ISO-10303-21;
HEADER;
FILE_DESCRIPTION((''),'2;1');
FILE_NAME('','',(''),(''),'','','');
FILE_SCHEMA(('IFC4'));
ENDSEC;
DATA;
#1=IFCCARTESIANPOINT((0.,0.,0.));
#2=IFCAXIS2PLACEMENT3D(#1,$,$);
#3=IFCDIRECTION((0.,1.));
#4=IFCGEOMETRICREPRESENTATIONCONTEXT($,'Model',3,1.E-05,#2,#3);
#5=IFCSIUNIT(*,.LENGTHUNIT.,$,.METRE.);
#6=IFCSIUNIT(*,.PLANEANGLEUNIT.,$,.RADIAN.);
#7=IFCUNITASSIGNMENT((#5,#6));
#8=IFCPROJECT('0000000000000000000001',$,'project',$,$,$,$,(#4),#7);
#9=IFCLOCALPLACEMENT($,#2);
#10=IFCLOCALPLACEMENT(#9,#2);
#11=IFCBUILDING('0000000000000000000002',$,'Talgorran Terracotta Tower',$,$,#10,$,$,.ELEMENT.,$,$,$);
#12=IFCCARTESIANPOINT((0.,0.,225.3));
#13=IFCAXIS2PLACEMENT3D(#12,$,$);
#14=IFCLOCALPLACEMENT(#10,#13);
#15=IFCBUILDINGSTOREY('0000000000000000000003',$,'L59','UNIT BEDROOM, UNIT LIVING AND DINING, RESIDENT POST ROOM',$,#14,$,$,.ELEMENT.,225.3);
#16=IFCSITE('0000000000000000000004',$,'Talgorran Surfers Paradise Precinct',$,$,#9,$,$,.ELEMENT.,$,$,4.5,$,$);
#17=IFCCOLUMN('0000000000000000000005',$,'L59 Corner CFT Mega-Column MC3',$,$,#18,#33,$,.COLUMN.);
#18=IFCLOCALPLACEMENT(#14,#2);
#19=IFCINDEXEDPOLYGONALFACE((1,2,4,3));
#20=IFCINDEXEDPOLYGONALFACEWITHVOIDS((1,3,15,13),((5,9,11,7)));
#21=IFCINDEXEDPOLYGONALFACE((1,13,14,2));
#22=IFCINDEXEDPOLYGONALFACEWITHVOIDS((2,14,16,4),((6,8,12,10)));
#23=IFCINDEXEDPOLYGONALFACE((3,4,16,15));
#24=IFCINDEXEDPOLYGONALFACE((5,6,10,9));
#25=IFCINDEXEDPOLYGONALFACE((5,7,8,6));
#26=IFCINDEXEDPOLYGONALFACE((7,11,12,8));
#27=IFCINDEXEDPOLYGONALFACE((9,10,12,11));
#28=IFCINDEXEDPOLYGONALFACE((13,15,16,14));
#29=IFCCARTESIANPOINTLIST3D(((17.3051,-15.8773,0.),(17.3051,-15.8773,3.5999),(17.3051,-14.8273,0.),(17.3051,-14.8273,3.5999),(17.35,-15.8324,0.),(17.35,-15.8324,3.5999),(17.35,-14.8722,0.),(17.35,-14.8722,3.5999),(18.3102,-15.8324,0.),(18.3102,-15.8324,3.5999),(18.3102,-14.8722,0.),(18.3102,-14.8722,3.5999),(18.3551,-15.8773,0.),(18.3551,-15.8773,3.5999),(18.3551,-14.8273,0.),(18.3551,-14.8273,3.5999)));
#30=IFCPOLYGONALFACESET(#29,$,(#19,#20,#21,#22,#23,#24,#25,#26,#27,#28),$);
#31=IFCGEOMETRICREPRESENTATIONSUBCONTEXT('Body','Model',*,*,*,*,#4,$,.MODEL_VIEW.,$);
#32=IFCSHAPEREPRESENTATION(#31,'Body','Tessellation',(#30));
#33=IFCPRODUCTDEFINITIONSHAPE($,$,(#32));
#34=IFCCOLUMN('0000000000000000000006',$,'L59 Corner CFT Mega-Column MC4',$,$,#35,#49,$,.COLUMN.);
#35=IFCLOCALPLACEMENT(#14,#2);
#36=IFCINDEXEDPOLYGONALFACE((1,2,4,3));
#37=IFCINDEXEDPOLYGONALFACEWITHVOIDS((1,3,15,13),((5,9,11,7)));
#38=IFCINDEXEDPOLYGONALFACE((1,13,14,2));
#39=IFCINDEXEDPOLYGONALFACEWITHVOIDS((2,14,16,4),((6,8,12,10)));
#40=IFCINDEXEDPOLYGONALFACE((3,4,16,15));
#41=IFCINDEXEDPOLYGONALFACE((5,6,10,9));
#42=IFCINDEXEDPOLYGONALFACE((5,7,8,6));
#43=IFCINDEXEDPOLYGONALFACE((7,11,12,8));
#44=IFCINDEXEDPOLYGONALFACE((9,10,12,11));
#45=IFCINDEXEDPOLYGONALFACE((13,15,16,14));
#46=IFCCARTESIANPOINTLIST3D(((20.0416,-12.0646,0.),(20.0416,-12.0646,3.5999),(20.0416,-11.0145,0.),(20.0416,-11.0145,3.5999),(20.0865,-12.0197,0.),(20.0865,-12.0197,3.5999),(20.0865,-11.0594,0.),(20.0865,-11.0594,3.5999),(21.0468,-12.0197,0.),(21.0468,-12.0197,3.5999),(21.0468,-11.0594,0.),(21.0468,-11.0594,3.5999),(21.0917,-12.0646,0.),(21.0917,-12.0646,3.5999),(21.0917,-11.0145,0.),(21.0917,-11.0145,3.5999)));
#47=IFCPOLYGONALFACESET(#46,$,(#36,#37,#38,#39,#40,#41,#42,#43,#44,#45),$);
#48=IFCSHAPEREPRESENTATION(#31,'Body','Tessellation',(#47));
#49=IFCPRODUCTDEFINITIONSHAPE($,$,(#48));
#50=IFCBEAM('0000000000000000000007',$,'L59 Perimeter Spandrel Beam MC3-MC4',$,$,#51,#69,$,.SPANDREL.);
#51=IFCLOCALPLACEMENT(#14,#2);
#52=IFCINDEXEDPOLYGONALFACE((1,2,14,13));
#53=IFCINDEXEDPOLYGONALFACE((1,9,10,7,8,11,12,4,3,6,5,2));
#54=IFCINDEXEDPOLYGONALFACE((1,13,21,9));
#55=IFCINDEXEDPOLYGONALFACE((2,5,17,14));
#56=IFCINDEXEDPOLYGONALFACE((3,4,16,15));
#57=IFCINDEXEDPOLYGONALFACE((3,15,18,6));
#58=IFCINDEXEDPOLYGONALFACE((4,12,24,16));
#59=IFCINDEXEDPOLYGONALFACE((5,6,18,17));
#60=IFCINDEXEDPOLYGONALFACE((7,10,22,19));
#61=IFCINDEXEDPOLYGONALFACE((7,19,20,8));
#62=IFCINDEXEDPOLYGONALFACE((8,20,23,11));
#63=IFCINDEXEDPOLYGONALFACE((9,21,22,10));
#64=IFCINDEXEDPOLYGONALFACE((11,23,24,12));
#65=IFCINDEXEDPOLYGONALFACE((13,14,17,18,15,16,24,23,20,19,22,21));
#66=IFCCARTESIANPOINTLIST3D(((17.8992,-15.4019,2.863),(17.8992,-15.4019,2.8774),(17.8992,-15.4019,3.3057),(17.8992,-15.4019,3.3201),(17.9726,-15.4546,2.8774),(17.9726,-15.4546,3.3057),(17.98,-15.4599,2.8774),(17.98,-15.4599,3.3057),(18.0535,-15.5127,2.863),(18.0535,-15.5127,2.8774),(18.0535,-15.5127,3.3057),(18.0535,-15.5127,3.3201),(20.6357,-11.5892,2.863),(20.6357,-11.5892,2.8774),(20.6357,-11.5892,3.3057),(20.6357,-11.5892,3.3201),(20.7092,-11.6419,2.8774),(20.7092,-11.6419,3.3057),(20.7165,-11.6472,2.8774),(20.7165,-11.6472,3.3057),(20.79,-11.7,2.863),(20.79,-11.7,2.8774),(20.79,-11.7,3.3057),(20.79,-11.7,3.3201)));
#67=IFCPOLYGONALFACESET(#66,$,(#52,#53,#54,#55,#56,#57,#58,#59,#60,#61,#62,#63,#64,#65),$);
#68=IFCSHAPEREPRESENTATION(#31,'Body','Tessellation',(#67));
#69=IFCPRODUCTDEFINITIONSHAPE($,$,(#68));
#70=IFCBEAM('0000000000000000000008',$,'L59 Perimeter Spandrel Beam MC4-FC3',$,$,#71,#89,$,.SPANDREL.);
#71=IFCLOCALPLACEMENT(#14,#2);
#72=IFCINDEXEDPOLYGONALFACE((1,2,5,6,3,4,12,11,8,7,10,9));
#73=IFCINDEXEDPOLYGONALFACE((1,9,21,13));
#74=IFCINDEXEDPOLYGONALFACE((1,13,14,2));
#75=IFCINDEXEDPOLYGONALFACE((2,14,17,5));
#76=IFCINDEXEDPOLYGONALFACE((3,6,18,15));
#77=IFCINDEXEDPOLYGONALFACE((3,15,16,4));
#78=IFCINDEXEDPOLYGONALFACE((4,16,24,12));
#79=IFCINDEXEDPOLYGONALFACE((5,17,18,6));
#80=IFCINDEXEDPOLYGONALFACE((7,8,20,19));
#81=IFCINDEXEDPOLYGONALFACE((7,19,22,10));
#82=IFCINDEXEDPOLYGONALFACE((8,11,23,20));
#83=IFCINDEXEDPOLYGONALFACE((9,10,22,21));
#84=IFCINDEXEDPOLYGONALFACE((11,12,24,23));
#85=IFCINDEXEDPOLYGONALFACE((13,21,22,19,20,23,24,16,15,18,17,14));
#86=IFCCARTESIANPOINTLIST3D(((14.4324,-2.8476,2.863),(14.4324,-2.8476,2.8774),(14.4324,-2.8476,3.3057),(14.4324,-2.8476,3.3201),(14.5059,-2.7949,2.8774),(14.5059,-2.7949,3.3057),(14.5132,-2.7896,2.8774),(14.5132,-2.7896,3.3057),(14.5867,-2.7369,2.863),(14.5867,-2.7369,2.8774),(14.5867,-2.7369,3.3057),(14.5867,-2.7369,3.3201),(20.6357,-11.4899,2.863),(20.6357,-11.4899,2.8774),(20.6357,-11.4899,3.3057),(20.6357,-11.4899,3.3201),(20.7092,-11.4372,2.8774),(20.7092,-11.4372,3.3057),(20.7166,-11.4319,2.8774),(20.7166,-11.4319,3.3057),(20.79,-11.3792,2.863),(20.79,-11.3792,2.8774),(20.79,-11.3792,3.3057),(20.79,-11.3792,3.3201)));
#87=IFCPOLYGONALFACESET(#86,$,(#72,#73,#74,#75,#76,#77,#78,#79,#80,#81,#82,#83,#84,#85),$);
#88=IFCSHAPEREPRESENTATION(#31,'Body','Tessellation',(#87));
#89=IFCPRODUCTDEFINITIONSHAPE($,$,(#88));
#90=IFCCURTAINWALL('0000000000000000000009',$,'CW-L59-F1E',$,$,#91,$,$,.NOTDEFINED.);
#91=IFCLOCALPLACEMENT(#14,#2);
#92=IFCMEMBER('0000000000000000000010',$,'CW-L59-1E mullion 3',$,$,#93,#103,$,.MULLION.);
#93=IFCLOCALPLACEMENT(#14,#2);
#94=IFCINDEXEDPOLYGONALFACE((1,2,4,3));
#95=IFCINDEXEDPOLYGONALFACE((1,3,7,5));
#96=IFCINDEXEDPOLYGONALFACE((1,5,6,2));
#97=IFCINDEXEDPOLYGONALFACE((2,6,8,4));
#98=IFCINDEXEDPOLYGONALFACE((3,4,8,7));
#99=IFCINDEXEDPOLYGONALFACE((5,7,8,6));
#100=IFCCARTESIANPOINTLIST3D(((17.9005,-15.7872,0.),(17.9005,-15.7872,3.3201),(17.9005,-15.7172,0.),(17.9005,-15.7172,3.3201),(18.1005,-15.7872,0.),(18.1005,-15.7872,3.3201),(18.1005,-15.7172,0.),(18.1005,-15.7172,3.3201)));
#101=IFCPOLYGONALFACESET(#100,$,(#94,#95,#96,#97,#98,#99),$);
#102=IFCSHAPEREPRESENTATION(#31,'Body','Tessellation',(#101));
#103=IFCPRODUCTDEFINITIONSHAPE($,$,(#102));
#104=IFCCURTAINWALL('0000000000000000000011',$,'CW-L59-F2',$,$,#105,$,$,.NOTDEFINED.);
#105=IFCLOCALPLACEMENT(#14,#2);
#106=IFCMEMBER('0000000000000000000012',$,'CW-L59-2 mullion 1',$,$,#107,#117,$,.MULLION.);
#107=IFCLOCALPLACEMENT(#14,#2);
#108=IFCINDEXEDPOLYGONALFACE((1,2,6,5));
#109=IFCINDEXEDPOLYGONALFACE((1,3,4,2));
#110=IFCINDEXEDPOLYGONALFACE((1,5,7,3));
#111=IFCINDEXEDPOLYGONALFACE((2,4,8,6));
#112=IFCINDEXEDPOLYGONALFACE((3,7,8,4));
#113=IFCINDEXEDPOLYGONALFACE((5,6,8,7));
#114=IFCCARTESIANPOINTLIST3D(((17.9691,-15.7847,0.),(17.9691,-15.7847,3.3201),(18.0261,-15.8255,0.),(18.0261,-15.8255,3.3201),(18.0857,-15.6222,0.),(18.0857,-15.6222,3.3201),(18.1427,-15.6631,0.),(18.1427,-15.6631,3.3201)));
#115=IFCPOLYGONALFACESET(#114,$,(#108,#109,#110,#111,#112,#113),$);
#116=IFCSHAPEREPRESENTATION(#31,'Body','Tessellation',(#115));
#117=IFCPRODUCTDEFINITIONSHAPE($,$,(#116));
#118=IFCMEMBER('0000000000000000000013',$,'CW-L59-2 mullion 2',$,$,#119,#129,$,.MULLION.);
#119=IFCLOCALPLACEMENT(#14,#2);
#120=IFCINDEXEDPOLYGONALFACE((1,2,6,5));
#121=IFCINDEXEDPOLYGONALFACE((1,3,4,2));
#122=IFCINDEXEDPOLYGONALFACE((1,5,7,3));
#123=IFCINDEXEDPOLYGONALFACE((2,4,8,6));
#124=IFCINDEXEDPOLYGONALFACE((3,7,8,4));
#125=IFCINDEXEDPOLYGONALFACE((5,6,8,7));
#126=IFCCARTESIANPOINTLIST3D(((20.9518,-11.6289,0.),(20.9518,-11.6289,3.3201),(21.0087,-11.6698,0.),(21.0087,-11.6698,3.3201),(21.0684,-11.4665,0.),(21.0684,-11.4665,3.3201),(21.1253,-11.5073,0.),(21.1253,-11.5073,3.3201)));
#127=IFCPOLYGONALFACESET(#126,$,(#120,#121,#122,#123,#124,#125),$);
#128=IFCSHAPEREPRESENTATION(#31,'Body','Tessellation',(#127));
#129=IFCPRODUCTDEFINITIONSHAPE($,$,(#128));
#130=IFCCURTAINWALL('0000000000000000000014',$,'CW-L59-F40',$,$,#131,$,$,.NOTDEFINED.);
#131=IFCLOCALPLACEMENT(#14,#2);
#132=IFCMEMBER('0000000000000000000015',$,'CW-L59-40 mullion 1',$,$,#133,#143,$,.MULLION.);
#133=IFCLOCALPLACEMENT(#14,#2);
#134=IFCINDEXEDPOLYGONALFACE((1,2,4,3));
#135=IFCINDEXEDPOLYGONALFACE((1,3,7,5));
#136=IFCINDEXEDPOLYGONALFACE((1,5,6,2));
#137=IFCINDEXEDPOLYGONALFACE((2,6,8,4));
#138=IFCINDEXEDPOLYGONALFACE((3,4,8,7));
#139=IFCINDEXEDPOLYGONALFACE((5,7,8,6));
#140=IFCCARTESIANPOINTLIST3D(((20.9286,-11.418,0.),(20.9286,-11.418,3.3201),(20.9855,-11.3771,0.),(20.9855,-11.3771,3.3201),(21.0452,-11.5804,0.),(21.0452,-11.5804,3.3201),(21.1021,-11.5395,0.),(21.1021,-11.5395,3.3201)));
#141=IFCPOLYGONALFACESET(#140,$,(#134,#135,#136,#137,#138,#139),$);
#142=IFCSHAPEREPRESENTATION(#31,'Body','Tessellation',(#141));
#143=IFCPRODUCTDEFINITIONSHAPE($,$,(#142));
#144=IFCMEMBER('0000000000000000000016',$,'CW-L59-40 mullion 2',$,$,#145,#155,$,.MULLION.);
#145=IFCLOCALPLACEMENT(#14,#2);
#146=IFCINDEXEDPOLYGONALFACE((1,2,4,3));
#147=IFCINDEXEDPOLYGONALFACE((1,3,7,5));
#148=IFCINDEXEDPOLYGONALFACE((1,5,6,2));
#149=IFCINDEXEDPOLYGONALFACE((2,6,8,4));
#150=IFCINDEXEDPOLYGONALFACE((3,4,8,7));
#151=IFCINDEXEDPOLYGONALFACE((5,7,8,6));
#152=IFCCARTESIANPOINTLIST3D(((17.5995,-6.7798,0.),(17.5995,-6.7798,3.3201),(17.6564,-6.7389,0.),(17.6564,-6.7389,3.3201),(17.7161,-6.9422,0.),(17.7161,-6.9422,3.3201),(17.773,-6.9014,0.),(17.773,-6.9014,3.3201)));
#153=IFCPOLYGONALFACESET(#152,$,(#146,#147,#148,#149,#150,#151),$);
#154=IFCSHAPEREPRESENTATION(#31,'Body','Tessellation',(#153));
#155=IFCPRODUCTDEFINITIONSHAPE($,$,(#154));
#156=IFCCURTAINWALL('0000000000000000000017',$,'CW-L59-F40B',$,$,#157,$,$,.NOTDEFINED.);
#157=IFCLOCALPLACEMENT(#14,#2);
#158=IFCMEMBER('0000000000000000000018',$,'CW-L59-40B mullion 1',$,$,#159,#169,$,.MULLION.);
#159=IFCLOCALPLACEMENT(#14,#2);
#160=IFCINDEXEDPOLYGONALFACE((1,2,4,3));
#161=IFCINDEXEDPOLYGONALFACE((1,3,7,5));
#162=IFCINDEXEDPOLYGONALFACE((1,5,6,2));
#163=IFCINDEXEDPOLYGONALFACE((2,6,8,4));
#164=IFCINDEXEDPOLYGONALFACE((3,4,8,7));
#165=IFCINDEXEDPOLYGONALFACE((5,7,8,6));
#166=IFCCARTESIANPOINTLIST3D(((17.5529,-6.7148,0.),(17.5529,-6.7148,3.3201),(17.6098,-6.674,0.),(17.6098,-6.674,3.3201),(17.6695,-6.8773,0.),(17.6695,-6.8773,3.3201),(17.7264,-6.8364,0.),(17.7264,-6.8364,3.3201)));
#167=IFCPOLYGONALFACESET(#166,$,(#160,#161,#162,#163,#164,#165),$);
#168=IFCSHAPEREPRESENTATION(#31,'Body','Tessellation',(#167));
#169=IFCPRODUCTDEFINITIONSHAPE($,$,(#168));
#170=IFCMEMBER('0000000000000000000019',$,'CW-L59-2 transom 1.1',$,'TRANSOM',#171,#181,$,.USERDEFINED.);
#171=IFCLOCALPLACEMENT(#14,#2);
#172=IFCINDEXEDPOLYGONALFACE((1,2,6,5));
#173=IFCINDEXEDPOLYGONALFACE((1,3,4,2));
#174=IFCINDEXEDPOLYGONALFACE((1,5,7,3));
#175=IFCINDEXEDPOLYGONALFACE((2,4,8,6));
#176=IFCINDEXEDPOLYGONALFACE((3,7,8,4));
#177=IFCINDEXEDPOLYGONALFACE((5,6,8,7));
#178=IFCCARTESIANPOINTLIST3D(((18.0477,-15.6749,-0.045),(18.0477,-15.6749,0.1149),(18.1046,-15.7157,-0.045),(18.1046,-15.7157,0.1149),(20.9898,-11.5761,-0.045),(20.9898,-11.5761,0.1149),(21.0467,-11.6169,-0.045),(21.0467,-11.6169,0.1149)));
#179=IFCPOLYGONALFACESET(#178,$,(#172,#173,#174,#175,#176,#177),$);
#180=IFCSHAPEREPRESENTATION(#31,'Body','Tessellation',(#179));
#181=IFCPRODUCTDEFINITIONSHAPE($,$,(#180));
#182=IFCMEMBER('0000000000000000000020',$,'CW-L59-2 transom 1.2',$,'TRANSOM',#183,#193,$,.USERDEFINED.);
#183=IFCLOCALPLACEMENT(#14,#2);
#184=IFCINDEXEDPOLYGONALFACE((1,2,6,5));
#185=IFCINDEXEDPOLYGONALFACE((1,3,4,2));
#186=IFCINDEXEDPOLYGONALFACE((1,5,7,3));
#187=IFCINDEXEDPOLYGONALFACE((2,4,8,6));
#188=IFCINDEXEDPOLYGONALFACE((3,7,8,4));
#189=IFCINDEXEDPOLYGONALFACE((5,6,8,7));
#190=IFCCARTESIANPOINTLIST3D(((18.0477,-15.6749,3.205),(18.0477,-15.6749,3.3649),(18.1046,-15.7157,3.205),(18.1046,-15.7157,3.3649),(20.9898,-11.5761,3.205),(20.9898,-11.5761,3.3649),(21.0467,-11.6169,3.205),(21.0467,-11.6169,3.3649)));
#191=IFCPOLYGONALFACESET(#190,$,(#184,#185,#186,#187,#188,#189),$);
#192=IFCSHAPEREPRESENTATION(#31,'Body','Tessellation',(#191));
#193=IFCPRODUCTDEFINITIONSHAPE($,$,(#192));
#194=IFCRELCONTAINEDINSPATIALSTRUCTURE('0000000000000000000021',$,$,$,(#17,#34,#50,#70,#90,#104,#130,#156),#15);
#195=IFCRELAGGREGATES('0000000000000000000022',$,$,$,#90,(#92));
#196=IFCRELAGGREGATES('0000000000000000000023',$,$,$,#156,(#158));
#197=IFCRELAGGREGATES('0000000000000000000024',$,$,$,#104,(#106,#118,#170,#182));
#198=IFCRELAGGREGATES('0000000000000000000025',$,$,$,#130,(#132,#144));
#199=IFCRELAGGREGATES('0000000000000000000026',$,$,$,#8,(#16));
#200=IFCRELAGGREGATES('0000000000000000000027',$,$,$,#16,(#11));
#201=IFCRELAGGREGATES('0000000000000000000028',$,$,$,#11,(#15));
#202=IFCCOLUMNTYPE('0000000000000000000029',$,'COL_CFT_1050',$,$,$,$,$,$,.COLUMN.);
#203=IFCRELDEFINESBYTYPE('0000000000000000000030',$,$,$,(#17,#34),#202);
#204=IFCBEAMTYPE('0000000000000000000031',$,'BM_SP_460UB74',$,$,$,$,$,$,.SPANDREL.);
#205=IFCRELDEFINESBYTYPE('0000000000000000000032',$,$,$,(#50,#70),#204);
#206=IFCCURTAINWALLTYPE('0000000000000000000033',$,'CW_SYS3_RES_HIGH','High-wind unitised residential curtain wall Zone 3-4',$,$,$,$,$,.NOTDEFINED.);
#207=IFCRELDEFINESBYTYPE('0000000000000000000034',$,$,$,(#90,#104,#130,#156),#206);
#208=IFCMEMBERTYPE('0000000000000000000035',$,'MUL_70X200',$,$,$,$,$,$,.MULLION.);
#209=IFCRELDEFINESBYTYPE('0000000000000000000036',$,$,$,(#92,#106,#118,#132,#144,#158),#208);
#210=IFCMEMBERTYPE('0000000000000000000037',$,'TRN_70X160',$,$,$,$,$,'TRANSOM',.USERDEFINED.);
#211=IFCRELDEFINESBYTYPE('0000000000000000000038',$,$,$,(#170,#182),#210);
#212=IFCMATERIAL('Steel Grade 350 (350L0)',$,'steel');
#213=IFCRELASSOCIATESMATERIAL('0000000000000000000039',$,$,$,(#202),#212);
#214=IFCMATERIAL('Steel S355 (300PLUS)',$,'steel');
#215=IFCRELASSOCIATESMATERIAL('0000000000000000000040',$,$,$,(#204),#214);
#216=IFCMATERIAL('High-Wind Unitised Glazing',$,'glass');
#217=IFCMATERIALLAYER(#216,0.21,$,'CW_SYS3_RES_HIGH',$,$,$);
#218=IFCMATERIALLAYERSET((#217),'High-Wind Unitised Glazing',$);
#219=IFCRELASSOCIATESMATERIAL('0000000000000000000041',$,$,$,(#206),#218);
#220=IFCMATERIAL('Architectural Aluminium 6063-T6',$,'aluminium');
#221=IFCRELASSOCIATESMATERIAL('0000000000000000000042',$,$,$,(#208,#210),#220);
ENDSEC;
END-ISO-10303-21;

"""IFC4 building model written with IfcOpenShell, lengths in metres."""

from ifc_helpers import new_model, si_unit, direction, frame, origin, origin_2d, place, context, subcontext, project, spatial, rectangle, hollow_rectangle, i_section, extrude, material, layer, layer_set, material_profile, profile_set, type_object, element, aggregate, save


model = new_model("IFC4")

# Units and contexts
model_context = context("Model", 3, precision=1e-05, world=origin(), true_north=direction((0.0, 1.0)))
body_context = subcontext(model_context, "Body", "Model", "MODEL_VIEW")
ifc_project = project(units=[si_unit("LENGTHUNIT", "METRE"), si_unit("PLANEANGLEUNIT", "RADIAN")], contexts=[model_context])

# Site, building, storey
site_placement = place(None, origin())
site = spatial("IfcSite", under=ifc_project, at=site_placement, Name="Talgorran Surfers Paradise Precinct", CompositionType="ELEMENT", RefElevation=4.5)
building_placement = place(site_placement, origin())
building = spatial("IfcBuilding", under=site, at=building_placement, Name="Talgorran Terracotta Tower", CompositionType="ELEMENT")
storey_placement = place(building_placement, frame((0.0, 0.0, 225.3)))
storey = spatial("IfcBuildingStorey", under=building, at=storey_placement, Name="L59", Description="UNIT BEDROOM, UNIT LIVING AND DINING, RESIDENT POST ROOM", CompositionType="ELEMENT", Elevation=225.3)

# Columns
ifc_material_1 = material(Name="Steel Grade 350 (350L0)", Category="steel")
ifc_material_profile_1 = material_profile(ifc_material_1, hollow_rectangle(XDim=1.05, YDim=1.05, WallThickness=0.0449, at=origin_2d()), Name="CFT1050X1050X45")
ifc_profile_set_1 = profile_set([ifc_material_profile_1], Name="Steel Grade 350 (350L0)")
column_type = type_object("IfcColumnType", Name="COL_CFT_1050", PredefinedType="COLUMN", material=ifc_profile_set_1)
for number, where, z_axis, x_axis, name in (
    (1, (17.8301, -15.3523, 0.0), (0.0, 0.0, 1.0), (1.0, 0.0, 0.0), "L59 Corner CFT Mega-Column MC3"),
    (2, (20.5667, -11.5396, 0.0), (0.0, 0.0, 1.0), (1.0, 0.0, 0.0), "L59 Corner CFT Mega-Column MC4"),
):
    element("IfcColumn", number, at=place(storey_placement, frame(where, z_axis=z_axis, x_axis=x_axis)), inside=storey, type_object=column_type, Name=name, PredefinedType="COLUMN", context=body_context, shape_type="SweptSolid", body=[
        extrude(hollow_rectangle(XDim=1.05, YDim=1.05, WallThickness=0.0449, at=origin_2d()), origin(), (0.0, 0.0, 1.0), 3.5999),
    ])

# Beams
ifc_material_2 = material(Name="Steel S355 (300PLUS)", Category="steel")
ifc_material_profile_2 = material_profile(ifc_material_2, i_section(OverallWidth=0.1899, OverallDepth=0.457, WebThickness=0.009, FlangeThickness=0.0144, at=origin_2d()), Name="460UB74.6")
ifc_profile_set_2 = profile_set([ifc_material_profile_2], Name="Steel S355 (300PLUS)")
beam_type = type_object("IfcBeamType", Name="BM_SP_460UB74", PredefinedType="SPANDREL", material=ifc_profile_set_2)
beam_1_placement = place(storey_placement, frame((17.9763, -15.4573, 3.0916), z_axis=(0.583097, 0.812403, 0.0), x_axis=(-0.812403, 0.583097, 0.0)))
element("IfcBeam", 3, at=beam_1_placement, inside=storey, type_object=beam_type, Name="L59 Perimeter Spandrel Beam MC3-MC4", PredefinedType="SPANDREL", context=body_context, shape_type="SweptSolid", body=[
    extrude(i_section(OverallWidth=0.1899, OverallDepth=0.457, WebThickness=0.009, FlangeThickness=0.0144, at=origin_2d()), origin(), (0.0, 0.0, 1.0), 4.6931),
])
beam_2_placement = place(storey_placement, frame((20.7129, -11.4346, 3.0916), z_axis=(-0.583121, 0.812385, 0.0), x_axis=(-0.812385, -0.583121, 0.0)))
element("IfcBeam", 4, at=beam_2_placement, inside=storey, type_object=beam_type, Name="L59 Perimeter Spandrel Beam MC4-FC3", PredefinedType="SPANDREL", context=body_context, shape_type="SweptSolid", body=[
    extrude(i_section(OverallWidth=0.1899, OverallDepth=0.457, WebThickness=0.009, FlangeThickness=0.0144, at=origin_2d()), origin(), (0.0, 0.0, 1.0), 10.6382),
])

# Curtain wall, member
ifc_material_3 = material(Name="High-Wind Unitised Glazing", Category="glass")
ifc_layer_1 = layer(ifc_material_3, 0.21, Name="CW_SYS3_RES_HIGH")
ifc_layer_set_1 = layer_set([ifc_layer_1], Name="High-Wind Unitised Glazing")
curtain_wall_type = type_object("IfcCurtainWallType", Name="CW_SYS3_RES_HIGH", Description="High-wind unitised residential curtain wall Zone 3-4", PredefinedType="NOTDEFINED", material=ifc_layer_set_1)
curtain_wall_1_placement = place(storey_placement, origin())
curtain_wall_1 = element("IfcCurtainWall", 5, at=curtain_wall_1_placement, inside=storey, type_object=curtain_wall_type, Name="CW-L59-F1E", PredefinedType="NOTDEFINED")
ifc_material_4 = material(Name="Architectural Aluminium 6063-T6", Category="aluminium")
ifc_material_profile_3 = material_profile(ifc_material_4, rectangle(XDim=0.0701, YDim=0.2, at=origin_2d()), Name="CWM70X200")
ifc_profile_set_3 = profile_set([ifc_material_profile_3], Name="Architectural Aluminium 6063-T6")
member_type_1 = type_object("IfcMemberType", Name="MUL_70X200", PredefinedType="MULLION", material=ifc_profile_set_3)
member_1_placement = place(storey_placement, frame((18.0005, -15.7522, 0.0), z_axis=(0.0, 0.0, 1.0), x_axis=(0.0, 1.0, 0.0)))
member_1 = element("IfcMember", 6, at=member_1_placement, type_object=member_type_1, Name="CW-L59-1E mullion 3", PredefinedType="MULLION", context=body_context, shape_type="SweptSolid", body=[
    extrude(rectangle(XDim=0.0701, YDim=0.2, at=origin_2d()), origin(), (0.0, 0.0, 1.0), 3.3201),
])
aggregate(curtain_wall_1, [member_1])

# Curtain walls, members
curtain_wall_2_placement = place(storey_placement, origin())
curtain_wall_2 = element("IfcCurtainWall", 7, at=curtain_wall_2_placement, inside=storey, type_object=curtain_wall_type, Name="CW-L59-F2", PredefinedType="NOTDEFINED")
member_2_placement = place(storey_placement, frame((18.0559, -15.7239, 0.0), z_axis=(0.0, 0.0, 1.0), x_axis=(-0.81239, 0.583114, 0.0)))
member_2 = element("IfcMember", 8, at=member_2_placement, type_object=member_type_1, Name="CW-L59-2 mullion 1", PredefinedType="MULLION", context=body_context, shape_type="SweptSolid", body=[
    extrude(rectangle(XDim=0.0701, YDim=0.2, at=origin_2d()), origin(), (0.0, 0.0, 1.0), 3.3201),
])
member_3_placement = place(storey_placement, frame((21.0386, -11.5681, 0.0), z_axis=(0.0, 0.0, 1.0), x_axis=(-0.81239, 0.583114, 0.0)))
member_3 = element("IfcMember", 9, at=member_3_placement, type_object=member_type_1, Name="CW-L59-2 mullion 2", PredefinedType="MULLION", context=body_context, shape_type="SweptSolid", body=[
    extrude(rectangle(XDim=0.0701, YDim=0.2, at=origin_2d()), origin(), (0.0, 0.0, 1.0), 3.3201),
])
curtain_wall_3_placement = place(storey_placement, origin())
curtain_wall_3 = element("IfcCurtainWall", 10, at=curtain_wall_3_placement, inside=storey, type_object=curtain_wall_type, Name="CW-L59-F40", PredefinedType="NOTDEFINED")
member_4_placement = place(storey_placement, frame((21.0154, -11.4788, 0.0), z_axis=(0.0, 0.0, 1.0), x_axis=(-0.812389, -0.583116, 0.0)))
member_4 = element("IfcMember", 11, at=member_4_placement, type_object=member_type_1, Name="CW-L59-40 mullion 1", PredefinedType="MULLION", context=body_context, shape_type="SweptSolid", body=[
    extrude(rectangle(XDim=0.0701, YDim=0.2, at=origin_2d()), origin(), (0.0, 0.0, 1.0), 3.3201),
])
member_5_placement = place(storey_placement, frame((17.6863, -6.8406, 0.0), z_axis=(0.0, 0.0, 1.0), x_axis=(-0.812389, -0.583116, 0.0)))
member_5 = element("IfcMember", 12, at=member_5_placement, type_object=member_type_1, Name="CW-L59-40 mullion 2", PredefinedType="MULLION", context=body_context, shape_type="SweptSolid", body=[
    extrude(rectangle(XDim=0.0701, YDim=0.2, at=origin_2d()), origin(), (0.0, 0.0, 1.0), 3.3201),
])

# Curtain wall, member
curtain_wall_4_placement = place(storey_placement, origin())
curtain_wall_4 = element("IfcCurtainWall", 13, at=curtain_wall_4_placement, inside=storey, type_object=curtain_wall_type, Name="CW-L59-F40B", PredefinedType="NOTDEFINED")
member_6_placement = place(storey_placement, frame((17.6396, -6.7756, 0.0), z_axis=(0.0, 0.0, 1.0), x_axis=(-0.812387, -0.583119, 0.0)))
member_6 = element("IfcMember", 14, at=member_6_placement, type_object=member_type_1, Name="CW-L59-40B mullion 1", PredefinedType="MULLION", context=body_context, shape_type="SweptSolid", body=[
    extrude(rectangle(XDim=0.0701, YDim=0.2, at=origin_2d()), origin(), (0.0, 0.0, 1.0), 3.3201),
])

# Members
ifc_material_profile_4 = material_profile(ifc_material_4, rectangle(XDim=0.0701, YDim=0.1599, at=origin_2d()), Name="CWT70X160")
ifc_profile_set_4 = profile_set([ifc_material_profile_4], Name="Architectural Aluminium 6063-T6")
member_type_2 = type_object("IfcMemberType", Name="TRN_70X160", ElementType="TRANSOM", PredefinedType="USERDEFINED", material=ifc_profile_set_4)
member_7_placement = place(storey_placement, frame((18.0762, -15.6953, 0.0349), z_axis=(0.583122, 0.812384, 0.0), x_axis=(-0.812384, 0.583122, 0.0)))
member_7 = element("IfcMember", 15, at=member_7_placement, type_object=member_type_2, Name="CW-L59-2 transom 1.1", ObjectType="TRANSOM", PredefinedType="USERDEFINED", context=body_context, shape_type="SweptSolid", body=[
    extrude(rectangle(XDim=0.0701, YDim=0.1599, at=origin_2d()), origin(), (0.0, 0.0, 1.0), 5.0454),
])
member_8_placement = place(storey_placement, frame((18.0762, -15.6953, 3.2849), z_axis=(0.583122, 0.812384, 0.0), x_axis=(-0.812384, 0.583122, 0.0)))
member_8 = element("IfcMember", 16, at=member_8_placement, type_object=member_type_2, Name="CW-L59-2 transom 1.2", ObjectType="TRANSOM", PredefinedType="USERDEFINED", context=body_context, shape_type="SweptSolid", body=[
    extrude(rectangle(XDim=0.0701, YDim=0.1599, at=origin_2d()), origin(), (0.0, 0.0, 1.0), 5.0454),
])
aggregate(curtain_wall_4, [member_6])

aggregate(curtain_wall_2, [member_2, member_3, member_7, member_8])
aggregate(curtain_wall_3, [member_4, member_5])

save(model, "model.ifc")
